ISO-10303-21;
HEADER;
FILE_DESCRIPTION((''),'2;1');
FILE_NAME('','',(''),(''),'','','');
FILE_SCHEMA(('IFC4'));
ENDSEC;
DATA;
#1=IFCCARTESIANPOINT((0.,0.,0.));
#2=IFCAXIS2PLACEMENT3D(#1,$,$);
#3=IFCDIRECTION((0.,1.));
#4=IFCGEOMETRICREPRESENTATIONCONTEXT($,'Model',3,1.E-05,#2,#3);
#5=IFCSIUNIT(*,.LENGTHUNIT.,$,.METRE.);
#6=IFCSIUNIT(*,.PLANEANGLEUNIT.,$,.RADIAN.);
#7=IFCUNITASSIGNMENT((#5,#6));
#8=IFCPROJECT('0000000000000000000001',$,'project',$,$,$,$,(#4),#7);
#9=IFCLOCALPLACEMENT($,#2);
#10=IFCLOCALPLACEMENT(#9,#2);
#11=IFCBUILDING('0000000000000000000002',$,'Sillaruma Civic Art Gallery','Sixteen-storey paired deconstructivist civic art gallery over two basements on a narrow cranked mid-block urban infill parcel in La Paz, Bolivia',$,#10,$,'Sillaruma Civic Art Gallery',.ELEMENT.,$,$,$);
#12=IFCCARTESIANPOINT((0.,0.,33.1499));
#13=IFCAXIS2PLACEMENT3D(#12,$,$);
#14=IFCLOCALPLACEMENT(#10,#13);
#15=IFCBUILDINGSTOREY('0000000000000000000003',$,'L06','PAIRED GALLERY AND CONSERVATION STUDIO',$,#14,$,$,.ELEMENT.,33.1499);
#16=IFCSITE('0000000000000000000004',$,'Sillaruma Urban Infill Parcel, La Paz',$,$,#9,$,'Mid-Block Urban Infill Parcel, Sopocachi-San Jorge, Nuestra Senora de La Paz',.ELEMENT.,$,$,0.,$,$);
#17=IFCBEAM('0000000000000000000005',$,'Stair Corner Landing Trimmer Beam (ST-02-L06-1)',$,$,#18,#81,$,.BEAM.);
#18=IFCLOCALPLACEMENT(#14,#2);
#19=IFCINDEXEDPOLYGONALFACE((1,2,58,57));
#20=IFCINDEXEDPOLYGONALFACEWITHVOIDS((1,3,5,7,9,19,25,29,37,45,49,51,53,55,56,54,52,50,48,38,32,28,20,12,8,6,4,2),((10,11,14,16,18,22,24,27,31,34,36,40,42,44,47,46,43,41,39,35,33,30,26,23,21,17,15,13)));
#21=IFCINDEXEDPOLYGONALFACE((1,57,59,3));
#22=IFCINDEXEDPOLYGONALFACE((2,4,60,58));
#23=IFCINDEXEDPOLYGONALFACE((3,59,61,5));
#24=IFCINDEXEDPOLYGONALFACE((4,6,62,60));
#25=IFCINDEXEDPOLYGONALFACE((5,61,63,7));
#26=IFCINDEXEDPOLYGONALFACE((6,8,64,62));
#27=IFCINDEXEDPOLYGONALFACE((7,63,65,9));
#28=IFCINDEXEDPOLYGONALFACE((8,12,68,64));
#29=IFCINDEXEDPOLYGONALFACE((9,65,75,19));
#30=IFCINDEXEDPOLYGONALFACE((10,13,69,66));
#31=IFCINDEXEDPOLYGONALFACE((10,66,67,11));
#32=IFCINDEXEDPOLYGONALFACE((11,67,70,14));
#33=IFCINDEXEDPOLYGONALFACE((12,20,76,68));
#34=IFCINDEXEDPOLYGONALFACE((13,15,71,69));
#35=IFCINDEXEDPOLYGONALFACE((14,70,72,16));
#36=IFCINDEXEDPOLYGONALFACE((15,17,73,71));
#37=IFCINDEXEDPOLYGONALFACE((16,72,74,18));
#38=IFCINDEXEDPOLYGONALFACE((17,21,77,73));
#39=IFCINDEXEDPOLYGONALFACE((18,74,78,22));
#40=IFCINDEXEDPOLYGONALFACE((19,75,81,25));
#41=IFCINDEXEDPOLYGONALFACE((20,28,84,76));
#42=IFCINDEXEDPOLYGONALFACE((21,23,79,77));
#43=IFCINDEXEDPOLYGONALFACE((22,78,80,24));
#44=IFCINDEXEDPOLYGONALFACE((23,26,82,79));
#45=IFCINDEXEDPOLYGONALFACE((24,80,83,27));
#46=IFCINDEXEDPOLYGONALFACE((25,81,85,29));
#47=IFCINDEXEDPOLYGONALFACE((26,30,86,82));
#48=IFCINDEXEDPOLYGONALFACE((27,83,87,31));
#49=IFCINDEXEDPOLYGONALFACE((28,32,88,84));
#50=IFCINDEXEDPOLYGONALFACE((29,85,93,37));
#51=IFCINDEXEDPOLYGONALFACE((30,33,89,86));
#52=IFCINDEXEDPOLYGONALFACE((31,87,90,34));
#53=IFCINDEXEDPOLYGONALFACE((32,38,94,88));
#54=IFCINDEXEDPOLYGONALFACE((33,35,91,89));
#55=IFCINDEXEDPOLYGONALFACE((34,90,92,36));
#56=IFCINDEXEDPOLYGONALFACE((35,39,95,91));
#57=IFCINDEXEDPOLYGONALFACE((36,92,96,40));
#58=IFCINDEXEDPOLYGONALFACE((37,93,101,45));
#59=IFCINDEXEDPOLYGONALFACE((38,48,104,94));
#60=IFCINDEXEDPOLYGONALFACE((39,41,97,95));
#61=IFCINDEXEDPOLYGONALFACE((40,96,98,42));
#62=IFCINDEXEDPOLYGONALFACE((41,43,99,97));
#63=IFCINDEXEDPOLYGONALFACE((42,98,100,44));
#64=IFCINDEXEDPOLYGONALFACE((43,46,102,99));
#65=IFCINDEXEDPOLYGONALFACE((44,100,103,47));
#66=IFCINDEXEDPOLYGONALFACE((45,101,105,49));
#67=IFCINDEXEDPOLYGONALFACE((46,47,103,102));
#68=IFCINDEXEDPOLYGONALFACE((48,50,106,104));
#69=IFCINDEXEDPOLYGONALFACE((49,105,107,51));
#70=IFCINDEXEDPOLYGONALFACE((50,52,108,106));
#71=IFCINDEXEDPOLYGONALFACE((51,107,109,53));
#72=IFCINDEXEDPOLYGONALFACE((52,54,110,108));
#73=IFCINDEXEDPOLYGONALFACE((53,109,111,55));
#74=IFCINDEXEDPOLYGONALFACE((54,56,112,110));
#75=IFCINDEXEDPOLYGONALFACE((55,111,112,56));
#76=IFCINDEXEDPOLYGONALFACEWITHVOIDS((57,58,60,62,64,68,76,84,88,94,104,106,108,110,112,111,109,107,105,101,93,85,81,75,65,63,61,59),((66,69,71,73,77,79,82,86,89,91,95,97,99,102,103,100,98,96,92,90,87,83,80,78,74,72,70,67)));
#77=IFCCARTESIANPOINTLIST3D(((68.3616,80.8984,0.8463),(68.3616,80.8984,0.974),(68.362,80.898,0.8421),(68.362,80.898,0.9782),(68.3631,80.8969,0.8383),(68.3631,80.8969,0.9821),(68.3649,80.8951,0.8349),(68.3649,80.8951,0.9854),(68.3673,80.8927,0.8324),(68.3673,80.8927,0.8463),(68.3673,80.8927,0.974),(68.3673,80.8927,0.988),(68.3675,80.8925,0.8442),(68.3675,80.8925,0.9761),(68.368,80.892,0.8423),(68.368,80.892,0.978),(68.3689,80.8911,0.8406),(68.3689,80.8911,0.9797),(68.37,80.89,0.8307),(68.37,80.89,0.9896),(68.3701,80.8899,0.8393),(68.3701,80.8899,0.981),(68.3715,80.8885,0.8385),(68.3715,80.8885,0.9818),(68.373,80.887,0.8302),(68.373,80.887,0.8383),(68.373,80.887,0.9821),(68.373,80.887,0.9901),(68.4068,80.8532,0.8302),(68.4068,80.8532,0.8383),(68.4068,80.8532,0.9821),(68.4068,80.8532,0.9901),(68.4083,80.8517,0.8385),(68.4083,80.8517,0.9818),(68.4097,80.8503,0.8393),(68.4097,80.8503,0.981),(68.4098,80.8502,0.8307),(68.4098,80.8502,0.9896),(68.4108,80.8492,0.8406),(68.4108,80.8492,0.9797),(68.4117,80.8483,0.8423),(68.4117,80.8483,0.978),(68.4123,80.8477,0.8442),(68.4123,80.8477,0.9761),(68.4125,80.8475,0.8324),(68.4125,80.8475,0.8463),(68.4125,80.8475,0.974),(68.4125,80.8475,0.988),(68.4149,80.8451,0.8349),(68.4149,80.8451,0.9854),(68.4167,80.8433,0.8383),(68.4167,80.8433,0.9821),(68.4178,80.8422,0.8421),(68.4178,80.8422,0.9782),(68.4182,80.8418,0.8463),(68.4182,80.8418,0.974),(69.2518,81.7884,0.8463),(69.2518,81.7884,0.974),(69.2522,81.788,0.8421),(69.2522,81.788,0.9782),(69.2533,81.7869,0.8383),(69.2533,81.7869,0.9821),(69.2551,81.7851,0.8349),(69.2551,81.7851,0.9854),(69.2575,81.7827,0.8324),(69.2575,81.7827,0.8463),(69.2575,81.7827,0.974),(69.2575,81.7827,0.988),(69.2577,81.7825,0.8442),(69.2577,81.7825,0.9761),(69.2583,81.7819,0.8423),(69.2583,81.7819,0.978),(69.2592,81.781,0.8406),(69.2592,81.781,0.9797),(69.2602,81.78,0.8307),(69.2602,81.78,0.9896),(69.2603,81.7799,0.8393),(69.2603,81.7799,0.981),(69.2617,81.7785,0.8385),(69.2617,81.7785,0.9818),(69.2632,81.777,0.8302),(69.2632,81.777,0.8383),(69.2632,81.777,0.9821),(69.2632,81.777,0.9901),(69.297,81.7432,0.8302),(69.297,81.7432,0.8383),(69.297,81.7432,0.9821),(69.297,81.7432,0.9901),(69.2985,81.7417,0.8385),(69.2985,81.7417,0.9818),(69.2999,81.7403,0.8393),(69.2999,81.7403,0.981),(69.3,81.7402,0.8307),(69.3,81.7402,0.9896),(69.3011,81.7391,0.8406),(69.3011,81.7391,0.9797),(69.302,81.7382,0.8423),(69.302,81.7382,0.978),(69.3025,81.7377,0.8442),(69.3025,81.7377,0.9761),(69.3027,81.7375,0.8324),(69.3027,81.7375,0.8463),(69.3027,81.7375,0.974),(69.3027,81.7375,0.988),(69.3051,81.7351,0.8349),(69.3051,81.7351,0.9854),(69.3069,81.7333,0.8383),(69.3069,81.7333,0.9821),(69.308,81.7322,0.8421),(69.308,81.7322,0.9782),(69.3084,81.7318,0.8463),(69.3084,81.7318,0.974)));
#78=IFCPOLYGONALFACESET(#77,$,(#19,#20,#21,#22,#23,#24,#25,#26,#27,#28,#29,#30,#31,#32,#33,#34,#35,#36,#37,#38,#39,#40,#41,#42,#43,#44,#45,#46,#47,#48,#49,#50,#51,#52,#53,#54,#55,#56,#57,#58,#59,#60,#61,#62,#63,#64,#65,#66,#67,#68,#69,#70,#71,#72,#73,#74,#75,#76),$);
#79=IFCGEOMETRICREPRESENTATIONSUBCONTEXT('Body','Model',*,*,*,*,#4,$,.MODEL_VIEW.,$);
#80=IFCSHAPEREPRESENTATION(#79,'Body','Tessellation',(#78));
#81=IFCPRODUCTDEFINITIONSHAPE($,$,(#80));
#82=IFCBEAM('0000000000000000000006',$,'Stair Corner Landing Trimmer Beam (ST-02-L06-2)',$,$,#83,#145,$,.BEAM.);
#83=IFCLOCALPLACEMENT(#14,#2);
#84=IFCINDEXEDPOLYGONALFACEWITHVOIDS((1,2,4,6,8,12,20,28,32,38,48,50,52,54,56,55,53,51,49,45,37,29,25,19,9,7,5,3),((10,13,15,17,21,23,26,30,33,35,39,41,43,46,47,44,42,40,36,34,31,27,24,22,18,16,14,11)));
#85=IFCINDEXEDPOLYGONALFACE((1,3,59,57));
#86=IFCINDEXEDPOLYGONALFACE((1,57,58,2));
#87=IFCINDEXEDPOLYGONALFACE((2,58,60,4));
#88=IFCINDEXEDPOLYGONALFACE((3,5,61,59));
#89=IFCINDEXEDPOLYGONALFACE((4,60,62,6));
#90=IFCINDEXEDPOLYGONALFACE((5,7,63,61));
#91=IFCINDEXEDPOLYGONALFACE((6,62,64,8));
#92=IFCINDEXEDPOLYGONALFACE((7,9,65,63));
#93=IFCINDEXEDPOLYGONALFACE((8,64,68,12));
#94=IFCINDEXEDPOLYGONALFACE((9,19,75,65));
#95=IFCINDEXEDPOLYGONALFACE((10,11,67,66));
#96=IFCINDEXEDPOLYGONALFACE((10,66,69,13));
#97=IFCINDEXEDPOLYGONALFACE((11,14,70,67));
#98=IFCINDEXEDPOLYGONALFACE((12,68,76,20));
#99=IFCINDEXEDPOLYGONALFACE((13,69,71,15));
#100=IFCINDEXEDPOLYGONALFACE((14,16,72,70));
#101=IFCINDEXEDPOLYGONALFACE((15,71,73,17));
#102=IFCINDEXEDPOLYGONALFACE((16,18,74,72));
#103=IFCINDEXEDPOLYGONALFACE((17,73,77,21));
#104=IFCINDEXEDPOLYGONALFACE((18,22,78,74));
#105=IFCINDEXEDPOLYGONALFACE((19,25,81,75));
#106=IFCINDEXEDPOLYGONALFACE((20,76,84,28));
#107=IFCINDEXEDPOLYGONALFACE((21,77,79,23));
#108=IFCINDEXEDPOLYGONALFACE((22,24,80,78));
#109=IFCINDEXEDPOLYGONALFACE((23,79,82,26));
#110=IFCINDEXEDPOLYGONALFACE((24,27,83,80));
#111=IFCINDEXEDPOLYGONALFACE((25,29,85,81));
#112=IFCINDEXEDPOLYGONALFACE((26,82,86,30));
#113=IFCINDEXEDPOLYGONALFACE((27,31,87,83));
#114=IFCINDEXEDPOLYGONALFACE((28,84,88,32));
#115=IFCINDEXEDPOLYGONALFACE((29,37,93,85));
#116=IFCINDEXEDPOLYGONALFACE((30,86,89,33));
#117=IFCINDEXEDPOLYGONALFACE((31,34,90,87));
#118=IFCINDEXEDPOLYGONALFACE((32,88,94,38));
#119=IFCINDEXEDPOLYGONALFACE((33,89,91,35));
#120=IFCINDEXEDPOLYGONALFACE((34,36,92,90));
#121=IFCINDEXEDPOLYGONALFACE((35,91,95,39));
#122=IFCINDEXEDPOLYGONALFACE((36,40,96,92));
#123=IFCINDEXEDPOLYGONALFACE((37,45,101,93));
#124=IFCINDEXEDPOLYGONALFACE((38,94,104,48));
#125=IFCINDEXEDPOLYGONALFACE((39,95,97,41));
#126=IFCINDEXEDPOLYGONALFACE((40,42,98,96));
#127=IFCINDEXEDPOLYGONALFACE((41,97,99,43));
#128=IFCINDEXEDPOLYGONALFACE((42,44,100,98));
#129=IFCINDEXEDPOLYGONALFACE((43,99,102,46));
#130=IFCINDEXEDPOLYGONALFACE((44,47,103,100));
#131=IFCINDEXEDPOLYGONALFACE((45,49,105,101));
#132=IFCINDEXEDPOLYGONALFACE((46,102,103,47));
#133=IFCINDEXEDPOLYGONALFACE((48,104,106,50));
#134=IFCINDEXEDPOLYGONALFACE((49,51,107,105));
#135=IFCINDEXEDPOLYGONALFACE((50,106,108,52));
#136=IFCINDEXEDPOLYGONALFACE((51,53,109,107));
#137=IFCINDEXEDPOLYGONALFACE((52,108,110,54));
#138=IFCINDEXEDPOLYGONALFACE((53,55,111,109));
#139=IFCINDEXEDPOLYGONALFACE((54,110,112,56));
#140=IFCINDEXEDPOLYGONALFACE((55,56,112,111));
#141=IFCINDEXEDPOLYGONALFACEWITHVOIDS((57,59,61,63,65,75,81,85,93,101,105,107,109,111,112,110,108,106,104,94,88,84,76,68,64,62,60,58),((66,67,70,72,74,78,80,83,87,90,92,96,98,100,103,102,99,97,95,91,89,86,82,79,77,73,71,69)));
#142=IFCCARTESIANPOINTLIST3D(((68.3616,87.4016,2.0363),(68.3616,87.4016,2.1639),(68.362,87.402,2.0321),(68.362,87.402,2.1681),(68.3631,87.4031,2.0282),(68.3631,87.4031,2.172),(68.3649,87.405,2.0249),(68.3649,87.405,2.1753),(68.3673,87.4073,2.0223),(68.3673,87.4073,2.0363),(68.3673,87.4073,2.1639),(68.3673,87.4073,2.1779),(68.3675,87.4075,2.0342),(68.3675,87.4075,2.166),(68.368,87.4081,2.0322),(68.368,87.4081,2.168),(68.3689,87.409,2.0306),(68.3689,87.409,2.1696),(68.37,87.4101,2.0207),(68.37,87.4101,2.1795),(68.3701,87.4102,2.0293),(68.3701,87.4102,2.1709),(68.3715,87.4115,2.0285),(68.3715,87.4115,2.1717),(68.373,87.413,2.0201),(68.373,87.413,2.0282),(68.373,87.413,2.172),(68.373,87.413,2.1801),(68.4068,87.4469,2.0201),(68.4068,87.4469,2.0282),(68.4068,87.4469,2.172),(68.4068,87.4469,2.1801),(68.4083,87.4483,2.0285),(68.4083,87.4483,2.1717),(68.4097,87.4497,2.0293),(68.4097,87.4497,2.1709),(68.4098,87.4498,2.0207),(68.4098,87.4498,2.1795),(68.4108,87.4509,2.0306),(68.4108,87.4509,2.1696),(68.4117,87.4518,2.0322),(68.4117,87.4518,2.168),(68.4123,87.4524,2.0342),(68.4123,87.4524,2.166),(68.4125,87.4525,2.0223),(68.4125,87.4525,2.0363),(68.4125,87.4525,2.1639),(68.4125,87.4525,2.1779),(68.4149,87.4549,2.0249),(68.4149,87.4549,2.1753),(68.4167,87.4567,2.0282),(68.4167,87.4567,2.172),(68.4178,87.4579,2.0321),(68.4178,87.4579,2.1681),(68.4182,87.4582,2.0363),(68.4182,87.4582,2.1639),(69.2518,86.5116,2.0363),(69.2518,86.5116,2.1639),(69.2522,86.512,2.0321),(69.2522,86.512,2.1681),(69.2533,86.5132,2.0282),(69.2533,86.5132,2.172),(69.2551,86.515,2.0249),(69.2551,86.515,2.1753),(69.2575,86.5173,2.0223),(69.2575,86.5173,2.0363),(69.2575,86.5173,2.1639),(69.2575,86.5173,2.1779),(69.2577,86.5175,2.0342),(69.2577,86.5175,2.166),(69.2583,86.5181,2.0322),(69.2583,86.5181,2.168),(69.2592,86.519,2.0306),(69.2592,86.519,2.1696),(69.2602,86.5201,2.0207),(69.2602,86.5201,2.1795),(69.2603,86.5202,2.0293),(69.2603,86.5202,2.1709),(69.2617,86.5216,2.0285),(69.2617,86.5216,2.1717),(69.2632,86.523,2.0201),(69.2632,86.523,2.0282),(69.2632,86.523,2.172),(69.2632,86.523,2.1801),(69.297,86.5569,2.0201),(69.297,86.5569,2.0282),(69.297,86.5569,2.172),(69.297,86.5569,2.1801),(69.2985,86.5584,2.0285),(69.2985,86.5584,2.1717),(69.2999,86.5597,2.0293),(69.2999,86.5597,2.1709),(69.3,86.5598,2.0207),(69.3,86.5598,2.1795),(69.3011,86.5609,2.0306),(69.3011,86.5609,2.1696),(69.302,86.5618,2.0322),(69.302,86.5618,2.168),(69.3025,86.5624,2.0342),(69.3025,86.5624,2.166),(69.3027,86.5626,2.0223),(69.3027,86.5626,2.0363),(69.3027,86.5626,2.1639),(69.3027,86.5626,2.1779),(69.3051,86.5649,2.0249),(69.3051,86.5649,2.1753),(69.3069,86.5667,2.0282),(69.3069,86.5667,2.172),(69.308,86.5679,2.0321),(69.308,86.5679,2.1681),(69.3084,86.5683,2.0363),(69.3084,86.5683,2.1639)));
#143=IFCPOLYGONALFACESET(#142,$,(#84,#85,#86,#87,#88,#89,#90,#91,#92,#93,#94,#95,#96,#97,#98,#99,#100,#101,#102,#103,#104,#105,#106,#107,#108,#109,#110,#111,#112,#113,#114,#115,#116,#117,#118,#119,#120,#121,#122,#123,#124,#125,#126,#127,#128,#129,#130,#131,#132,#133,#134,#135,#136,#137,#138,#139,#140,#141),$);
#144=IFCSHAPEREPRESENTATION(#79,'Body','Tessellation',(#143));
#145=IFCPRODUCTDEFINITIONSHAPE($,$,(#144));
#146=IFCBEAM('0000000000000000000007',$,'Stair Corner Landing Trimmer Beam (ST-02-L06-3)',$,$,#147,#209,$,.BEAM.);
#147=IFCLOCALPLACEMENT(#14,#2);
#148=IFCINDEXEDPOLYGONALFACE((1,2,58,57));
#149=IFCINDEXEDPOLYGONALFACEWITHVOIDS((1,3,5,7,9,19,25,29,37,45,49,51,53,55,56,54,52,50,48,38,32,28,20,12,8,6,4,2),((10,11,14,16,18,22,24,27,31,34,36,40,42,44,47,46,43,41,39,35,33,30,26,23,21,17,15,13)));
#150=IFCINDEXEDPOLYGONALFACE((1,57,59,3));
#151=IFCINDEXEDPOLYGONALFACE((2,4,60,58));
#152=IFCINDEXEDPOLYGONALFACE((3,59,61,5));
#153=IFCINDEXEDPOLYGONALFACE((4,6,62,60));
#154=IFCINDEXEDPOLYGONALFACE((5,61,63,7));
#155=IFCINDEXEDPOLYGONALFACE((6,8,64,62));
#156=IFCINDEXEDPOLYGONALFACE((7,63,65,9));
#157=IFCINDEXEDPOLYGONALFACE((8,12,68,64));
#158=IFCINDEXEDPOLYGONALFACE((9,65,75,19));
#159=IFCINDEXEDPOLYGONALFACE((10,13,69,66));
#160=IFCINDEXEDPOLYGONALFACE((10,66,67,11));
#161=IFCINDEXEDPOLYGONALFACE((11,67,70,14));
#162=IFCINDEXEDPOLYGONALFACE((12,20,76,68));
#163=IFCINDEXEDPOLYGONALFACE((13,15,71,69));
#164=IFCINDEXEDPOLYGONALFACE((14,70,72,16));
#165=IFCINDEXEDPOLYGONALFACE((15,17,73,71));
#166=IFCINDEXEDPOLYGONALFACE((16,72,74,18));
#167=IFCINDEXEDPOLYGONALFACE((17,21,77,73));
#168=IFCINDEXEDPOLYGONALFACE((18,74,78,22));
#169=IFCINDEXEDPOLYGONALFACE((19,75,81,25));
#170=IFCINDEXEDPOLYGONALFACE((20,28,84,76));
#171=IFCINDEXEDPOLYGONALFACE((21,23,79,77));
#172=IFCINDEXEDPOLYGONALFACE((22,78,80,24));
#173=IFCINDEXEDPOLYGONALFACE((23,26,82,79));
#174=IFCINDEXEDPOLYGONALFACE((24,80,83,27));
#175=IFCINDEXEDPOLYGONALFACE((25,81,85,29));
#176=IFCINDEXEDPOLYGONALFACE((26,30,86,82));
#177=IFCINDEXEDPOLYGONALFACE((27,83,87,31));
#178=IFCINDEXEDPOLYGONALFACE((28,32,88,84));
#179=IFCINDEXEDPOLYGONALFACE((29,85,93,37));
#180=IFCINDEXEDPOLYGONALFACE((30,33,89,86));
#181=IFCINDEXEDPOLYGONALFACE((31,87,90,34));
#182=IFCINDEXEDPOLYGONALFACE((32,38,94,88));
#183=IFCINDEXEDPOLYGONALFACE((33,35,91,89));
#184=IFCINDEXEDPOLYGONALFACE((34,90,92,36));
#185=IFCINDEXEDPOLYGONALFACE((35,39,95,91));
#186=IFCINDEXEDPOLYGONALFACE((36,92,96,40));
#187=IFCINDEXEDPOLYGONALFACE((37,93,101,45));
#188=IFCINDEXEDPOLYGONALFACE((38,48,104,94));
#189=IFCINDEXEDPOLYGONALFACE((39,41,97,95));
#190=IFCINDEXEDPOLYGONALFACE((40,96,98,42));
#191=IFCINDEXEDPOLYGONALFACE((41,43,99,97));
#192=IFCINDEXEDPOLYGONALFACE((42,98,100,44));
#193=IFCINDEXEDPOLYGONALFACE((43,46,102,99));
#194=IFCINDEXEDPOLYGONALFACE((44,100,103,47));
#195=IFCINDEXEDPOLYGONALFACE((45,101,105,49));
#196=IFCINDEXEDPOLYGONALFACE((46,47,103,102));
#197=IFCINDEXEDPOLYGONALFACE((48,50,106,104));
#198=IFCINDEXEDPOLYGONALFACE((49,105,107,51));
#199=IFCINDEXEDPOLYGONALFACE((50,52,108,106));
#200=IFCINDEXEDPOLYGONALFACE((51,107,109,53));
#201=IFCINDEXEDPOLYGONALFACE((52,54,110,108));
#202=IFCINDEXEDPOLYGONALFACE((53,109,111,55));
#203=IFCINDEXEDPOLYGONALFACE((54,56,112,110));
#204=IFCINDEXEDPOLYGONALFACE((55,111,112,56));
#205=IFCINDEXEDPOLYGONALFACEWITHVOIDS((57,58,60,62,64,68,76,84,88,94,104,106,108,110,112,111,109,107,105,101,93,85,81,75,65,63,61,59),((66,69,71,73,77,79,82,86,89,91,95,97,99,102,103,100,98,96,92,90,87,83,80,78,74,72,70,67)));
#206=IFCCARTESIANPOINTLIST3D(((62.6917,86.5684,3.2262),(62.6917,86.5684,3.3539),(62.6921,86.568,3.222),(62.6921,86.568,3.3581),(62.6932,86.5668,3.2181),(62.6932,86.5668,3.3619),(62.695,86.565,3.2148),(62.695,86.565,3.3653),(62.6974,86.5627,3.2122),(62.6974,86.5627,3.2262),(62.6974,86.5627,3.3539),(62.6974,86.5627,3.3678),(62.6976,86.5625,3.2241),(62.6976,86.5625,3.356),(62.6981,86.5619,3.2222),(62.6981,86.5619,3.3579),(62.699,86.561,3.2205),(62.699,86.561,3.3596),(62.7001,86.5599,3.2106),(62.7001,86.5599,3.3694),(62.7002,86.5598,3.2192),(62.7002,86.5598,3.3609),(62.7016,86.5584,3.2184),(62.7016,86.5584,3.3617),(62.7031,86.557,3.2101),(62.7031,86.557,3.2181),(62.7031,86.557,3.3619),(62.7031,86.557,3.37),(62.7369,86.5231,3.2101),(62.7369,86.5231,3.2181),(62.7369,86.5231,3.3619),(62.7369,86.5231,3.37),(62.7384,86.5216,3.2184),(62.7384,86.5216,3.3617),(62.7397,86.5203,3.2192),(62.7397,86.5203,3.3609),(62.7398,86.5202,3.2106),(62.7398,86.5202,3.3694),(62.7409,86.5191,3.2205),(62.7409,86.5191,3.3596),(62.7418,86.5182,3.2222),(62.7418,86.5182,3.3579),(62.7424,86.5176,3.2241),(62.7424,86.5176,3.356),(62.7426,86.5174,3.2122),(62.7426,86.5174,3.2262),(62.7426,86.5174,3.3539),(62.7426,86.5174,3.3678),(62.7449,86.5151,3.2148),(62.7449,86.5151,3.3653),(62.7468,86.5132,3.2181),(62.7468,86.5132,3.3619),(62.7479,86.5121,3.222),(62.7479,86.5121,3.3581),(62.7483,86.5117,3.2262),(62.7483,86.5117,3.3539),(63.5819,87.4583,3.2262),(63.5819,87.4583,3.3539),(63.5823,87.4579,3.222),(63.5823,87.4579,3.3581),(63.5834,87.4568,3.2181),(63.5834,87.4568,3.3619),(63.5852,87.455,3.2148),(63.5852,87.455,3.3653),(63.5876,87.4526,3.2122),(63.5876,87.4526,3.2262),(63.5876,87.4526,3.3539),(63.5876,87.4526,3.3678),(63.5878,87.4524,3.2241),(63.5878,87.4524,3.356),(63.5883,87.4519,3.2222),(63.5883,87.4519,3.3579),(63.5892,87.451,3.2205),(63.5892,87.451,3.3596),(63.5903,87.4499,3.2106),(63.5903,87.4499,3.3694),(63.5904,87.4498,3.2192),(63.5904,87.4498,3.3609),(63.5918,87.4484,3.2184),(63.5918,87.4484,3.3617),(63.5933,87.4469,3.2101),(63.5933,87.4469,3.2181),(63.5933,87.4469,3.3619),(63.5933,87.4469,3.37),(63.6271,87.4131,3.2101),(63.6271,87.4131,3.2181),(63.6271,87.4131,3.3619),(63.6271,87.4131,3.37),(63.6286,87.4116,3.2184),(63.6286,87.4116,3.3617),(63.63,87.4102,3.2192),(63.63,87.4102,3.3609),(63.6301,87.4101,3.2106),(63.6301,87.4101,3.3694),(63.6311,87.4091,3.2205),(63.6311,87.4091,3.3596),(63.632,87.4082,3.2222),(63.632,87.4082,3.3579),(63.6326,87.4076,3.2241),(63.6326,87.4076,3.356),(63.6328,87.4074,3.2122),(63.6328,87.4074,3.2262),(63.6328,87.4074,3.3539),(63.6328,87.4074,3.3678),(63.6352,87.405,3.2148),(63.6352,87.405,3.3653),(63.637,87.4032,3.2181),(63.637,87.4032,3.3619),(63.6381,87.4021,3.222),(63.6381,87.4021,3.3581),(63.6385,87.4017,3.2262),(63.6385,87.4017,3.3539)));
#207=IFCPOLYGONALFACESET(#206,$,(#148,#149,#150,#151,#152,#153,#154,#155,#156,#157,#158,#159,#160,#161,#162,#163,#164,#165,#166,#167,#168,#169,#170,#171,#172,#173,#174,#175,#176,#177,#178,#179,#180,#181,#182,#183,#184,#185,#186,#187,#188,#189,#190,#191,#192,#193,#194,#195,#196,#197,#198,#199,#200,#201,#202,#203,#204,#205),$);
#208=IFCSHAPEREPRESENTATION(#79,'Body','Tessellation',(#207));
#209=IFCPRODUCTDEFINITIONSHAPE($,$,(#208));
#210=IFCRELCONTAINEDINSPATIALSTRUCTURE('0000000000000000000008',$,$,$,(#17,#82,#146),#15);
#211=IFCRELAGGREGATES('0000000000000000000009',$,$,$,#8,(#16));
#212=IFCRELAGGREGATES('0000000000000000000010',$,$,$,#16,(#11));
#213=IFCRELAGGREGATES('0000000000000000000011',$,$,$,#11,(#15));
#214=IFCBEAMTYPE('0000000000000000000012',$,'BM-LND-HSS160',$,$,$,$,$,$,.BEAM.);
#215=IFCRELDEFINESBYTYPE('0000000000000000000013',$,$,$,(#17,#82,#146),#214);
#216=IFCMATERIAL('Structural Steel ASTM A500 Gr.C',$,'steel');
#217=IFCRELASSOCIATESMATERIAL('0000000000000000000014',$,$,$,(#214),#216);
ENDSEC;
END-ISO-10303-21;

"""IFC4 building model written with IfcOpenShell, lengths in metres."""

from ifc_helpers import new_model, si_unit, direction, frame, origin, origin_2d, place, context, subcontext, project, spatial, hollow_rectangle, extrude, material, material_profile, profile_set, type_object, element, save


model = new_model("IFC4")

# Units and contexts
model_context = context("Model", 3, precision=1e-05, world=origin(), true_north=direction((0.0, 1.0)))
body_context = subcontext(model_context, "Body", "Model", "MODEL_VIEW")
ifc_project = project(units=[si_unit("LENGTHUNIT", "METRE"), si_unit("PLANEANGLEUNIT", "RADIAN")], contexts=[model_context])

# Site, building, storey
site_placement = place(None, origin())
site = spatial("IfcSite", under=ifc_project, at=site_placement, Name="Sillaruma Urban Infill Parcel, La Paz", LongName="Mid-Block Urban Infill Parcel, Sopocachi-San Jorge, Nuestra Senora de La Paz", CompositionType="ELEMENT", RefElevation=0.0)
building_placement = place(site_placement, origin())
building = spatial("IfcBuilding", under=site, at=building_placement, Name="Sillaruma Civic Art Gallery", Description="Sixteen-storey paired deconstructivist civic art gallery over two basements on a narrow cranked mid-block urban infill parcel in La Paz, Bolivia", LongName="Sillaruma Civic Art Gallery", CompositionType="ELEMENT")
storey_placement = place(building_placement, frame((0.0, 0.0, 33.1499)))
storey = spatial("IfcBuildingStorey", under=building, at=storey_placement, Name="L06", Description="PAIRED GALLERY AND CONSERVATION STUDIO", CompositionType="ELEMENT", Elevation=33.1499)

# Beams
ifc_material_1 = material(Name="Structural Steel ASTM A500 Gr.C", Category="steel")
ifc_material_profile_1 = material_profile(ifc_material_1, hollow_rectangle(XDim=0.0801, YDim=0.1599, WallThickness=0.0081, InnerFilletRadius=0.0081, OuterFilletRadius=0.0161, at=origin_2d()), Name="HSS160x80x8")
ifc_profile_set_1 = profile_set([ifc_material_profile_1], Name="Structural Steel ASTM A500 Gr.C")
beam_type_1 = type_object("IfcBeamType", Name="BM-LND-HSS160", PredefinedType="BEAM", material=ifc_profile_set_1)
for number, where, z_axis, x_axis, name in (
    (1, (68.3899, 80.8701, 0.9102), (0.707204, 0.70701, 0.0), (-0.70701, 0.707204, 0.0), "Stair Corner Landing Trimmer Beam (ST-02-L06-1)"),
    (2, (68.3899, 87.4299, 2.1001), (0.707204, -0.70701, 0.0), (0.70701, 0.707204, 0.0), "Stair Corner Landing Trimmer Beam (ST-02-L06-2)"),
    (3, (62.72, 86.54, 3.29), (0.707204, 0.70701, 0.0), (-0.70701, 0.707204, 0.0), "Stair Corner Landing Trimmer Beam (ST-02-L06-3)"),
):
    element("IfcBeam", number, at=place(storey_placement, frame(where, z_axis=z_axis, x_axis=x_axis)), inside=storey, type_object=beam_type_1, Name=name, PredefinedType="BEAM", context=body_context, shape_type="SweptSolid", body=[
        extrude(hollow_rectangle(XDim=0.0801, YDim=0.1599, WallThickness=0.0081, InnerFilletRadius=0.0081, OuterFilletRadius=0.0161, at=origin_2d()), origin(), (0.0, 0.0, 1.0), 1.2588),
    ])

save(model, "model.ifc")
